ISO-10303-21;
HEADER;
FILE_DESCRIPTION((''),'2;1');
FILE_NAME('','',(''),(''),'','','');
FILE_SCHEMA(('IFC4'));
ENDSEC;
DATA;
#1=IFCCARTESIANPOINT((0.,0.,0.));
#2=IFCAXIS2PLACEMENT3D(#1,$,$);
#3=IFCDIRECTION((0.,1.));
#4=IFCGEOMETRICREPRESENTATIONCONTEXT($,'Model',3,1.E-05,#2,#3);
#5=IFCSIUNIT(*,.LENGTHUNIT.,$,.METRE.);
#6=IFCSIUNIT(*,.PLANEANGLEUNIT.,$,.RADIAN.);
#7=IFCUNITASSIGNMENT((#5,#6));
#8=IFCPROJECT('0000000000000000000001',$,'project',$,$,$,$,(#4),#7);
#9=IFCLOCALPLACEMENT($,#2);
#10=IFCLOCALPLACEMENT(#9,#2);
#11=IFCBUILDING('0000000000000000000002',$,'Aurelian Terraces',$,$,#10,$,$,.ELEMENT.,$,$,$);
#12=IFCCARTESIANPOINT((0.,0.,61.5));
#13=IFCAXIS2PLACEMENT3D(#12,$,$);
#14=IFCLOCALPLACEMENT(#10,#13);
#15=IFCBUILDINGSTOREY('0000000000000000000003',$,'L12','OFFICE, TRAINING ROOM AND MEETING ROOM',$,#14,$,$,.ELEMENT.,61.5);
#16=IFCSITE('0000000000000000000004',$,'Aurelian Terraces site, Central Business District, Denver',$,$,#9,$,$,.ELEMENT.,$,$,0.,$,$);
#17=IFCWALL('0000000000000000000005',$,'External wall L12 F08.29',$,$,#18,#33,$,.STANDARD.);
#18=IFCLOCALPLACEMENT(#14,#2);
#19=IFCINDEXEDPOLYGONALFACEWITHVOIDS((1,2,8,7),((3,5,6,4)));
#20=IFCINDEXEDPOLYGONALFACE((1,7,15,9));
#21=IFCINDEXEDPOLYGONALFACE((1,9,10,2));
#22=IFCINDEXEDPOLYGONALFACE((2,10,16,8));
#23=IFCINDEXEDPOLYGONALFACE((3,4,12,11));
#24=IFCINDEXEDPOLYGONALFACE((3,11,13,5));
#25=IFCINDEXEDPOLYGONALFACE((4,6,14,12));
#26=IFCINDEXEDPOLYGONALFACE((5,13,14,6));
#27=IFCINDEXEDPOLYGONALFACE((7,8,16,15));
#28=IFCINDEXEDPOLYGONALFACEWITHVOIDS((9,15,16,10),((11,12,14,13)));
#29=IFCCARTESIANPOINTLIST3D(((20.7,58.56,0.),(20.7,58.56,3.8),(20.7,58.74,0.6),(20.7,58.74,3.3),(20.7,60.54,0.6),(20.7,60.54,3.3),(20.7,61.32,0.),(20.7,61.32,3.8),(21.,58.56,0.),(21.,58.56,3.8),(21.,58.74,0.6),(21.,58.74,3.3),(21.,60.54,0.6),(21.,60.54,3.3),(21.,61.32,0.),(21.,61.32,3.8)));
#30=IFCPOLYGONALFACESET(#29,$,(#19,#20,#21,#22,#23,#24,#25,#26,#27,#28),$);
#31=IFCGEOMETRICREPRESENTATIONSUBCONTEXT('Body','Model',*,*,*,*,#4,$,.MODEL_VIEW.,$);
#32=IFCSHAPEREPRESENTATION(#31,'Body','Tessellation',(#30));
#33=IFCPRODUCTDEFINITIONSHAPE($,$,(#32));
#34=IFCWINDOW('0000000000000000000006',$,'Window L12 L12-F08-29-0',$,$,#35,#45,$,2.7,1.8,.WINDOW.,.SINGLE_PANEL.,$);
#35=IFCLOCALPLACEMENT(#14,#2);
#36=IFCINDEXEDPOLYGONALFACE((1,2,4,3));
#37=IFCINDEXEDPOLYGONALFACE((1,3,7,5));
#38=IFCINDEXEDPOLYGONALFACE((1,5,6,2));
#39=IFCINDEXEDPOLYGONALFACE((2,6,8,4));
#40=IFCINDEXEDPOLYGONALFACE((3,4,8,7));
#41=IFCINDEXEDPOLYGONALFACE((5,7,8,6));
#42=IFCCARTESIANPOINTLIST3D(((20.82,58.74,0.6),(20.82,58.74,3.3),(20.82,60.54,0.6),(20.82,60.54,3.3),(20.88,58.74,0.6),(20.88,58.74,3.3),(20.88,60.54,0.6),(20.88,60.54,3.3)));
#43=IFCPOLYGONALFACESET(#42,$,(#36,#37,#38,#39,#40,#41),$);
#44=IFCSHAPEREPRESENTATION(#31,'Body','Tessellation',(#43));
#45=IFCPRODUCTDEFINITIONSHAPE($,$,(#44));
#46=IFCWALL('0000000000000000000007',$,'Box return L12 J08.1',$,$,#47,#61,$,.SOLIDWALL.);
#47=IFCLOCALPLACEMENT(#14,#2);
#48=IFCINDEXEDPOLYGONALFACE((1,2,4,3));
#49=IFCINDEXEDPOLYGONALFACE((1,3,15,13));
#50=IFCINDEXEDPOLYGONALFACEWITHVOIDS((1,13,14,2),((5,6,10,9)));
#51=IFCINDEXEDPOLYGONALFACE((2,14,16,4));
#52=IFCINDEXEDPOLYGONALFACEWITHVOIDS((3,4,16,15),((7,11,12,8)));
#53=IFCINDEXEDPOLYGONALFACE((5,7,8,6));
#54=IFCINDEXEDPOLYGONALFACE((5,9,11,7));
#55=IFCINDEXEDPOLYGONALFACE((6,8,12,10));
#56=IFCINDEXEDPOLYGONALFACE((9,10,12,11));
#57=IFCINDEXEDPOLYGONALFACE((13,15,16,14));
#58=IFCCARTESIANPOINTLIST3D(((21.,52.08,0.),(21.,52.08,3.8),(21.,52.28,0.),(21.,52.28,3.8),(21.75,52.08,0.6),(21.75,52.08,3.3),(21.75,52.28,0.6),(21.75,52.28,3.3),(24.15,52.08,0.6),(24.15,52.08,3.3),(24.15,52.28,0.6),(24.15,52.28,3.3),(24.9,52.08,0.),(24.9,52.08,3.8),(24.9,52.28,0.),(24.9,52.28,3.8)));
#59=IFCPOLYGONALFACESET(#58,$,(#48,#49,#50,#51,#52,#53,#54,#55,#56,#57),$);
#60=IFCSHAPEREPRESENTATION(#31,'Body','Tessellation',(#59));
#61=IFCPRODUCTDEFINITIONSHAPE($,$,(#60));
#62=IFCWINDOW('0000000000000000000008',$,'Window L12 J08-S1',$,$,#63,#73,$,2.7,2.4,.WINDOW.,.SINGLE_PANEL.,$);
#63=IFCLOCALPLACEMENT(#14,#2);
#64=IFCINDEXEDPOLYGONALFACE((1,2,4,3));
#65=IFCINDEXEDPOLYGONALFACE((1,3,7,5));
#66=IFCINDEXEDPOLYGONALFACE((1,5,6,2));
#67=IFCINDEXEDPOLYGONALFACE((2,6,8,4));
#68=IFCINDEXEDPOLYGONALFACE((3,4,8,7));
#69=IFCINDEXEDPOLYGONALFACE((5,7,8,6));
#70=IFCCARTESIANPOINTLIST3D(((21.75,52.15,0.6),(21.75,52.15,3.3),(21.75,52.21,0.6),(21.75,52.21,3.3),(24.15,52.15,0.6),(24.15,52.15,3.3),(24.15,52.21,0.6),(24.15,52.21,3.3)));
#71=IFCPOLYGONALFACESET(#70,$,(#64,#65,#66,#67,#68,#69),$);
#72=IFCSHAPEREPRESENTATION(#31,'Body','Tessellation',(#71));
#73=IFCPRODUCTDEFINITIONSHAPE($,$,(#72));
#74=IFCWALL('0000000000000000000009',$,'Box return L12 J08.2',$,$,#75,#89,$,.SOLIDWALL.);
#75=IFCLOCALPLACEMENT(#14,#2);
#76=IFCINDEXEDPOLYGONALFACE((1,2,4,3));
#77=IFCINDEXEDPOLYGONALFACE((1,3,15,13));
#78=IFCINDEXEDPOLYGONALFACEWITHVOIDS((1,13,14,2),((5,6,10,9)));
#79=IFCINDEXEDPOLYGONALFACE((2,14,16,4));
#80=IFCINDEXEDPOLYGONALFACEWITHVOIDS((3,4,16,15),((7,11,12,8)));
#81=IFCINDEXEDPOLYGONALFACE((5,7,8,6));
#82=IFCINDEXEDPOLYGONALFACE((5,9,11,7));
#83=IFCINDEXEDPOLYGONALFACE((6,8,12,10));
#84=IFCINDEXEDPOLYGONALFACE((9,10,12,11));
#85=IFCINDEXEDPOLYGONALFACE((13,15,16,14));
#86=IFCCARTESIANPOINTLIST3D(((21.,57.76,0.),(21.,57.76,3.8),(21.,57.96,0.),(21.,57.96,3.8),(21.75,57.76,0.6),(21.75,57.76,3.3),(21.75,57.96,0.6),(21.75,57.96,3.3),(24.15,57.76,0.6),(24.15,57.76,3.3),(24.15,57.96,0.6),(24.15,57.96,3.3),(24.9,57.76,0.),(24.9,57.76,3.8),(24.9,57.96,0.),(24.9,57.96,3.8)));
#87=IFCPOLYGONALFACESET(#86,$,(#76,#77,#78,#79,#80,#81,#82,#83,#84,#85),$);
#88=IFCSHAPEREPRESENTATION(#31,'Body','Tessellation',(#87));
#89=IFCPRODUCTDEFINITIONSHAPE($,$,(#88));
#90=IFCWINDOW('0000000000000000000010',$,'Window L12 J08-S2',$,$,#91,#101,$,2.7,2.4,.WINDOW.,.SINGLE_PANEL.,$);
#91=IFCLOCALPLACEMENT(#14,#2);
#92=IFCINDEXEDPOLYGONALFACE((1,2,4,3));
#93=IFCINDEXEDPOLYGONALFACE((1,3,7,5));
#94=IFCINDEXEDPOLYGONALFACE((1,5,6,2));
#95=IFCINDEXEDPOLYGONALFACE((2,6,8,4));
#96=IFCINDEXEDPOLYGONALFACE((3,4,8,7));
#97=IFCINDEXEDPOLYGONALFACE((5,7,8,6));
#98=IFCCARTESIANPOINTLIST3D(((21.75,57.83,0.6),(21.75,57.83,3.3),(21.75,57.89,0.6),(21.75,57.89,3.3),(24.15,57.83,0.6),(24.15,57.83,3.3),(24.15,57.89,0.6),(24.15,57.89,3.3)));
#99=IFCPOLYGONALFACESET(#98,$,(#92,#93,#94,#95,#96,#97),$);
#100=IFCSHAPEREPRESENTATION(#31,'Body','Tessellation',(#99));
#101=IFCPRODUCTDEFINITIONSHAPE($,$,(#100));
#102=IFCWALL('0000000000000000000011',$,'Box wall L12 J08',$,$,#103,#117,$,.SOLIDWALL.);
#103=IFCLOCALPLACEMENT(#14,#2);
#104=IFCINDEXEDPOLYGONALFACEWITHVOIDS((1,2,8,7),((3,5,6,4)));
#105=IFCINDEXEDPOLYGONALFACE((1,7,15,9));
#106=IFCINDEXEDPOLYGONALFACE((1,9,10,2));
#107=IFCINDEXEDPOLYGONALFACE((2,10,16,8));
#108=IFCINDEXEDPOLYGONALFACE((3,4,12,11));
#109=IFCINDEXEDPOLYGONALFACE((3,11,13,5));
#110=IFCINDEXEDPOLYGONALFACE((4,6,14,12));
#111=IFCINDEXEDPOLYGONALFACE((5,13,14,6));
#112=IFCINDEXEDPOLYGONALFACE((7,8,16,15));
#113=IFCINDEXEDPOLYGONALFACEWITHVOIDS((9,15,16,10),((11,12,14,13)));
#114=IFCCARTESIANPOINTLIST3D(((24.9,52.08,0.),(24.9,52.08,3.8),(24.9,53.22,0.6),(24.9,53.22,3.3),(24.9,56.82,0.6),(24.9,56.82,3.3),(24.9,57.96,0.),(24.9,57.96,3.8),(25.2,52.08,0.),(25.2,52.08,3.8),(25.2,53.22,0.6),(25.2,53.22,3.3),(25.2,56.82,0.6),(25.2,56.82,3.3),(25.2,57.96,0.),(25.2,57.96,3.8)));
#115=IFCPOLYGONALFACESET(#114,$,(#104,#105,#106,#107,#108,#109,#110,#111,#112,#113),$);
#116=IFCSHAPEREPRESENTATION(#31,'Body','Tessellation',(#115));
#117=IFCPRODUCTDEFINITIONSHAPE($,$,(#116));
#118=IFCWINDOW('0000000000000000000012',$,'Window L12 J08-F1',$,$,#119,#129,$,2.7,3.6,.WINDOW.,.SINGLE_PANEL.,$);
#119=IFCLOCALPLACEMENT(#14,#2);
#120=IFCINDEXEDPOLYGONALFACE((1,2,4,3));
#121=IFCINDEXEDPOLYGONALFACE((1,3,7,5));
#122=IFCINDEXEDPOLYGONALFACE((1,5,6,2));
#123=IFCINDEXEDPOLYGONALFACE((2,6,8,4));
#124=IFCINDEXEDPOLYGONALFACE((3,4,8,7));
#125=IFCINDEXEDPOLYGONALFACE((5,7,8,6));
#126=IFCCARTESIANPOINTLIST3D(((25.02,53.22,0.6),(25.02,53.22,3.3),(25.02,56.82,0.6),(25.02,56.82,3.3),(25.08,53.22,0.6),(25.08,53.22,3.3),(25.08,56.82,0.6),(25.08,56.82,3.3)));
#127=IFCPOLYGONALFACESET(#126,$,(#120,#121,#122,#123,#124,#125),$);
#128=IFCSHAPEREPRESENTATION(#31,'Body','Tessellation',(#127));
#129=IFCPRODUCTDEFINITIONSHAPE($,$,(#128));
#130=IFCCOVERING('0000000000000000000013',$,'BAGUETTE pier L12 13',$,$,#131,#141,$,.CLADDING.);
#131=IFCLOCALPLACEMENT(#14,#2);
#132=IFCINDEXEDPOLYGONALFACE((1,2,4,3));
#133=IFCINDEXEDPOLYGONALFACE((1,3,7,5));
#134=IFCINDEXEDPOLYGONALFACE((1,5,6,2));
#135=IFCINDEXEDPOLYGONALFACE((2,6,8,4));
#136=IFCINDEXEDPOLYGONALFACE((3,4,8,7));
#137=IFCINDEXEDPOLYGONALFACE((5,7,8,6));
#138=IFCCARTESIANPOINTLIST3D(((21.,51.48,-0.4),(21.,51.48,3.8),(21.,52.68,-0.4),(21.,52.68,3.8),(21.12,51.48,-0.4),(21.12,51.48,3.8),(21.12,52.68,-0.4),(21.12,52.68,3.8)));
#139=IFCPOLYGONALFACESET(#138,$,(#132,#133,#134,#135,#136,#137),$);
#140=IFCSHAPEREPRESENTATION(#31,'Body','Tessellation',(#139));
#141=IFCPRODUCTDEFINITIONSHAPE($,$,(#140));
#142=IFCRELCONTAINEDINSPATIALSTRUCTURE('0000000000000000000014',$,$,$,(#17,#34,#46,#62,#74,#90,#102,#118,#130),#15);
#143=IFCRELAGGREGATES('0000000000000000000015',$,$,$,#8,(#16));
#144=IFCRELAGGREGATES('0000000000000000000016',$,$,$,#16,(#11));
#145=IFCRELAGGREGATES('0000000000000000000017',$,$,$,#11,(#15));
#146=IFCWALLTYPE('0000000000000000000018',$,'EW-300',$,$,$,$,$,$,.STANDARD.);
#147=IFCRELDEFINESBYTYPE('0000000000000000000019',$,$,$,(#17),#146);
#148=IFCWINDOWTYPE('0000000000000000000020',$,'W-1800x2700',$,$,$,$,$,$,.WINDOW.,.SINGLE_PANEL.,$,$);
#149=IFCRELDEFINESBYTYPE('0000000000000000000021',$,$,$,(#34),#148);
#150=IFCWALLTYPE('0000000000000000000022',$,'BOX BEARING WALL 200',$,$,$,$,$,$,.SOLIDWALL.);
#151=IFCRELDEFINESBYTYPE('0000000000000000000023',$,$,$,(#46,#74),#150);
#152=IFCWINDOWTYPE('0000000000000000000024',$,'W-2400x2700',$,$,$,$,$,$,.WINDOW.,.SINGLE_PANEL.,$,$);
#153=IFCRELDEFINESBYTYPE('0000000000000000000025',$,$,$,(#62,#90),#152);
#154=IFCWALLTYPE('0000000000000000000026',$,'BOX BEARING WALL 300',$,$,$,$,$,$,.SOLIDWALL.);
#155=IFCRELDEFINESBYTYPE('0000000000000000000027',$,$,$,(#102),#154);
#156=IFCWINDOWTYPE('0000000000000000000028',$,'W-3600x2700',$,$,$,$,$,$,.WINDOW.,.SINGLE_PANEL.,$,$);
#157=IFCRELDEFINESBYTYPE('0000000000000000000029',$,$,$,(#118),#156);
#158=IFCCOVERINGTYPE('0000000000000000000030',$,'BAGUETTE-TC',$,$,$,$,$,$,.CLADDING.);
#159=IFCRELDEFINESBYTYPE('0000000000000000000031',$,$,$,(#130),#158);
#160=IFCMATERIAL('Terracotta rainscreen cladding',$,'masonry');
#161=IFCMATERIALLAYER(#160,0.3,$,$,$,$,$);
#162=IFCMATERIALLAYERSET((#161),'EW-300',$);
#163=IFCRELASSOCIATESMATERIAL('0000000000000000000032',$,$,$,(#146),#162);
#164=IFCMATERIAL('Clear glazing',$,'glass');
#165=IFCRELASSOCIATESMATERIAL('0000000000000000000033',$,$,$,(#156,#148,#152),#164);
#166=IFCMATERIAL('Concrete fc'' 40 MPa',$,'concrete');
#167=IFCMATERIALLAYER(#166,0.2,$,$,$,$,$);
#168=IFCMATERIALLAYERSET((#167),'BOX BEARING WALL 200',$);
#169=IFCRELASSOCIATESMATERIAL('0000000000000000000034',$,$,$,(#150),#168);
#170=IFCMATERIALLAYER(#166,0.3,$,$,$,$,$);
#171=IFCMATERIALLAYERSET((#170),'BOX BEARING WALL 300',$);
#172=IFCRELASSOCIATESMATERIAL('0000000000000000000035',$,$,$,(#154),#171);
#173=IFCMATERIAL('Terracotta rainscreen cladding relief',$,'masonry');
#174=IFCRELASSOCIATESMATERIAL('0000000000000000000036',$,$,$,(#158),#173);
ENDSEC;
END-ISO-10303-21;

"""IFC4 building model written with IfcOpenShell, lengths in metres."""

from ifc_helpers import new_model, si_unit, direction, frame, frame_2d, origin, origin_2d, place, context, subcontext, project, spatial, rectangle, extrude, source, transform, mapped, material, layer, layer_set, type_object, element, fill, save


model = new_model("IFC4")

# Units and contexts
model_context = context("Model", 3, precision=1e-05, world=origin(), true_north=direction((0.0, 1.0)))
body_context = subcontext(model_context, "Body", "Model", "MODEL_VIEW")
ifc_project = project(units=[si_unit("LENGTHUNIT", "METRE"), si_unit("PLANEANGLEUNIT", "RADIAN")], contexts=[model_context])

# Site, building, storey
site_placement = place(None, origin())
site = spatial("IfcSite", under=ifc_project, at=site_placement, Name="Aurelian Terraces site, Central Business District, Denver", CompositionType="ELEMENT", RefElevation=0.0)
building_placement = place(site_placement, origin())
building = spatial("IfcBuilding", under=site, at=building_placement, Name="Aurelian Terraces", CompositionType="ELEMENT")
storey_placement = place(building_placement, frame((0.0, 0.0, 61.5)))
storey = spatial("IfcBuildingStorey", under=building, at=storey_placement, Name="L12", Description="OFFICE, TRAINING ROOM AND MEETING ROOM", CompositionType="ELEMENT", Elevation=61.5)

# Shared definitions
ifc_material_1 = material(Name="Terracotta rainscreen cladding", Category="masonry")
ifc_layer_1 = layer(ifc_material_1, 0.3)
ifc_layer_set_1 = layer_set([ifc_layer_1], Name="EW-300")
wall_type_1 = type_object("IfcWallType", Name="EW-300", PredefinedType="STANDARD", material=ifc_layer_set_1)
shared_shape_1 = source(origin(), body_context, "Body", "SweptSolid", [
    extrude(rectangle(XDim=3.6, YDim=2.7, at=frame_2d((1.8, 1.35))), frame((0.0, 0.16, 0.0), z_axis=(0.0, -1.0, 0.0), x_axis=(1.0, 0.0, 0.0)), (0.0, 0.0, 1.0), 0.32),
])
ifc_material_2 = material(Name="Clear glazing", Category="glass")
window_type_1 = type_object("IfcWindowType", Name="W-3600x2700", PartitioningType="SINGLE_PANEL", PredefinedType="WINDOW", material=ifc_material_2)
shared_shape_2 = source(origin(), body_context, "Body", "SweptSolid", [
    extrude(rectangle(XDim=3.6, YDim=2.7, at=frame_2d((1.8, 1.35))), frame((0.0, 0.03, 0.0), z_axis=(0.0, -1.0, 0.0), x_axis=(1.0, 0.0, 0.0)), (0.0, 0.0, 1.0), 0.06),
])

# Walls, openings, windows
shared_shape_3 = source(origin(), body_context, "Body", "SweptSolid", [
    extrude(rectangle(XDim=2.76, YDim=0.3, at=frame_2d((1.38, 0.0))), origin(), (0.0, 0.0, 1.0), 3.8),
])
wall_1_placement = place(storey_placement, frame((20.85, 58.56, 0.0), z_axis=(0.0, 0.0, 1.0), x_axis=(0.0, 1.0, 0.0)))
wall_1 = element("IfcWall", 1, at=wall_1_placement, inside=storey, type_object=wall_type_1, Name="External wall L12 F08.29", PredefinedType="STANDARD", context=body_context, shape_type="MappedRepresentation", body=[
    mapped(shared_shape_3, transform((0.0, 0.0, 0.0), scale=1.0)),
])
shared_shape_4 = source(origin(), body_context, "Body", "SweptSolid", [
    extrude(rectangle(XDim=1.8, YDim=2.7, at=frame_2d((0.9, 1.35))), frame((0.0, 0.16, 0.0), z_axis=(0.0, -1.0, 0.0), x_axis=(1.0, 0.0, 0.0)), (0.0, 0.0, 1.0), 0.32),
])
opening_1_placement = place(wall_1_placement, frame((0.18, 0.0, 0.6)))
opening_1 = element("IfcOpeningElement", 2, at=opening_1_placement, cuts=wall_1, PredefinedType="OPENING", context=body_context, shape_type="MappedRepresentation", body=[
    mapped(shared_shape_4, transform((0.0, 0.0, 0.0), scale=1.0)),
])
window_type_2 = type_object("IfcWindowType", Name="W-1800x2700", PartitioningType="SINGLE_PANEL", PredefinedType="WINDOW", material=ifc_material_2)
shared_shape_5 = source(origin(), body_context, "Body", "SweptSolid", [
    extrude(rectangle(XDim=1.8, YDim=2.7, at=frame_2d((0.9, 1.35))), frame((0.0, 0.03, 0.0), z_axis=(0.0, -1.0, 0.0), x_axis=(1.0, 0.0, 0.0)), (0.0, 0.0, 1.0), 0.06),
])
window_1_placement = place(opening_1_placement, origin())
window_1 = element("IfcWindow", 3, at=window_1_placement, inside=storey, type_object=window_type_2, Name="Window L12 L12-F08-29-0", OverallHeight=2.7, OverallWidth=1.8, PartitioningType="SINGLE_PANEL", PredefinedType="WINDOW", context=body_context, shape_type="MappedRepresentation", body=[
    mapped(shared_shape_5, transform((0.0, 0.0, 0.0), scale=1.0)),
])
fill(opening_1, window_1)
ifc_material_3 = material(Name="Concrete fc' 40 MPa", Category="concrete")
ifc_layer_2 = layer(ifc_material_3, 0.2)
ifc_layer_set_2 = layer_set([ifc_layer_2], Name="BOX BEARING WALL 200")
wall_type_2 = type_object("IfcWallType", Name="BOX BEARING WALL 200", PredefinedType="SOLIDWALL", material=ifc_layer_set_2)
shared_shape_6 = source(origin(), body_context, "Body", "SweptSolid", [
    extrude(rectangle(XDim=3.9, YDim=0.2, at=frame_2d((1.95, 0.0))), origin(), (0.0, 0.0, 1.0), 3.8),
])
wall_2_placement = place(storey_placement, frame((21.0, 52.18, 0.0), z_axis=(0.0, 0.0, 1.0), x_axis=(1.0, 0.0, 0.0)))
wall_2 = element("IfcWall", 4, at=wall_2_placement, inside=storey, type_object=wall_type_2, Name="Box return L12 J08.1", PredefinedType="SOLIDWALL", context=body_context, shape_type="MappedRepresentation", body=[
    mapped(shared_shape_6, transform((0.0, 0.0, 0.0), scale=1.0)),
])
shared_shape_7 = source(origin(), body_context, "Body", "SweptSolid", [
    extrude(rectangle(XDim=2.4, YDim=2.7, at=frame_2d((1.2, 1.35))), frame((0.0, 0.11, 0.0), z_axis=(0.0, -1.0, 0.0), x_axis=(1.0, 0.0, 0.0)), (0.0, 0.0, 1.0), 0.22),
])
opening_2_placement = place(wall_2_placement, frame((0.75, 0.0, 0.6)))
opening_2 = element("IfcOpeningElement", 5, at=opening_2_placement, cuts=wall_2, PredefinedType="OPENING", context=body_context, shape_type="MappedRepresentation", body=[
    mapped(shared_shape_7, transform((0.0, 0.0, 0.0), scale=1.0)),
])
window_type_3 = type_object("IfcWindowType", Name="W-2400x2700", PartitioningType="SINGLE_PANEL", PredefinedType="WINDOW", material=ifc_material_2)
shared_shape_8 = source(origin(), body_context, "Body", "SweptSolid", [
    extrude(rectangle(XDim=2.4, YDim=2.7, at=frame_2d((1.2, 1.35))), frame((0.0, 0.03, 0.0), z_axis=(0.0, -1.0, 0.0), x_axis=(1.0, 0.0, 0.0)), (0.0, 0.0, 1.0), 0.06),
])
window_2_placement = place(opening_2_placement, origin())
window_2 = element("IfcWindow", 6, at=window_2_placement, inside=storey, type_object=window_type_3, Name="Window L12 J08-S1", OverallHeight=2.7, OverallWidth=2.4, PartitioningType="SINGLE_PANEL", PredefinedType="WINDOW", context=body_context, shape_type="MappedRepresentation", body=[
    mapped(shared_shape_8, transform((0.0, 0.0, 0.0), scale=1.0)),
])
fill(opening_2, window_2)
wall_3_placement = place(storey_placement, frame((21.0, 57.86, 0.0), z_axis=(0.0, 0.0, 1.0), x_axis=(1.0, 0.0, 0.0)))
wall_3 = element("IfcWall", 7, at=wall_3_placement, inside=storey, type_object=wall_type_2, Name="Box return L12 J08.2", PredefinedType="SOLIDWALL", context=body_context, shape_type="MappedRepresentation", body=[
    mapped(shared_shape_6, transform((0.0, 0.0, 0.0), scale=1.0)),
])
opening_3_placement = place(wall_3_placement, frame((0.75, 0.0, 0.6)))
opening_3 = element("IfcOpeningElement", 8, at=opening_3_placement, cuts=wall_3, PredefinedType="OPENING", context=body_context, shape_type="MappedRepresentation", body=[
    mapped(shared_shape_7, transform((0.0, 0.0, 0.0), scale=1.0)),
])
window_3_placement = place(opening_3_placement, origin())
window_3 = element("IfcWindow", 9, at=window_3_placement, inside=storey, type_object=window_type_3, Name="Window L12 J08-S2", OverallHeight=2.7, OverallWidth=2.4, PartitioningType="SINGLE_PANEL", PredefinedType="WINDOW", context=body_context, shape_type="MappedRepresentation", body=[
    mapped(shared_shape_8, transform((0.0, 0.0, 0.0), scale=1.0)),
])
fill(opening_3, window_3)
ifc_layer_3 = layer(ifc_material_3, 0.3)
ifc_layer_set_3 = layer_set([ifc_layer_3], Name="BOX BEARING WALL 300")
wall_type_3 = type_object("IfcWallType", Name="BOX BEARING WALL 300", PredefinedType="SOLIDWALL", material=ifc_layer_set_3)
shared_shape_9 = source(origin(), body_context, "Body", "SweptSolid", [
    extrude(rectangle(XDim=5.88, YDim=0.3, at=frame_2d((2.94, 0.0))), origin(), (0.0, 0.0, 1.0), 3.8),
])
wall_4_placement = place(storey_placement, frame((25.05, 52.08, 0.0), z_axis=(0.0, 0.0, 1.0), x_axis=(0.0, 1.0, 0.0)))
wall_4 = element("IfcWall", 10, at=wall_4_placement, inside=storey, type_object=wall_type_3, Name="Box wall L12 J08", PredefinedType="SOLIDWALL", context=body_context, shape_type="MappedRepresentation", body=[
    mapped(shared_shape_9, transform((0.0, 0.0, 0.0), scale=1.0)),
])
opening_4_placement = place(wall_4_placement, frame((1.14, 0.0, 0.6)))
opening_4 = element("IfcOpeningElement", 11, at=opening_4_placement, cuts=wall_4, PredefinedType="OPENING", context=body_context, shape_type="MappedRepresentation", body=[
    mapped(shared_shape_1, transform((0.0, 0.0, 0.0), scale=1.0)),
])
window_4_placement = place(opening_4_placement, origin())
window_4 = element("IfcWindow", 12, at=window_4_placement, inside=storey, type_object=window_type_1, Name="Window L12 J08-F1", OverallHeight=2.7, OverallWidth=3.6, PartitioningType="SINGLE_PANEL", PredefinedType="WINDOW", context=body_context, shape_type="MappedRepresentation", body=[
    mapped(shared_shape_2, transform((0.0, 0.0, 0.0), scale=1.0)),
])
fill(opening_4, window_4)

# Covering
ifc_material_4 = material(Name="Terracotta rainscreen cladding relief", Category="masonry")
covering_type = type_object("IfcCoveringType", Name="BAGUETTE-TC", PredefinedType="CLADDING", material=ifc_material_4)
shared_shape_10 = source(origin(), body_context, "Body", "SweptSolid", [
    extrude(rectangle(XDim=0.12, YDim=1.2, at=origin_2d()), origin(), (0.0, 0.0, 1.0), 4.2),
])
covering_placement = place(storey_placement, frame((21.06, 52.08, -0.4), z_axis=(0.0, 0.0, 1.0), x_axis=(1.0, 0.0, 0.0)))
element("IfcCovering", 13, at=covering_placement, inside=storey, type_object=covering_type, Name="BAGUETTE pier L12 13", PredefinedType="CLADDING", context=body_context, shape_type="MappedRepresentation", body=[
    mapped(shared_shape_10, transform((0.0, 0.0, 0.0), scale=1.0)),
])

save(model, "model.ifc")
